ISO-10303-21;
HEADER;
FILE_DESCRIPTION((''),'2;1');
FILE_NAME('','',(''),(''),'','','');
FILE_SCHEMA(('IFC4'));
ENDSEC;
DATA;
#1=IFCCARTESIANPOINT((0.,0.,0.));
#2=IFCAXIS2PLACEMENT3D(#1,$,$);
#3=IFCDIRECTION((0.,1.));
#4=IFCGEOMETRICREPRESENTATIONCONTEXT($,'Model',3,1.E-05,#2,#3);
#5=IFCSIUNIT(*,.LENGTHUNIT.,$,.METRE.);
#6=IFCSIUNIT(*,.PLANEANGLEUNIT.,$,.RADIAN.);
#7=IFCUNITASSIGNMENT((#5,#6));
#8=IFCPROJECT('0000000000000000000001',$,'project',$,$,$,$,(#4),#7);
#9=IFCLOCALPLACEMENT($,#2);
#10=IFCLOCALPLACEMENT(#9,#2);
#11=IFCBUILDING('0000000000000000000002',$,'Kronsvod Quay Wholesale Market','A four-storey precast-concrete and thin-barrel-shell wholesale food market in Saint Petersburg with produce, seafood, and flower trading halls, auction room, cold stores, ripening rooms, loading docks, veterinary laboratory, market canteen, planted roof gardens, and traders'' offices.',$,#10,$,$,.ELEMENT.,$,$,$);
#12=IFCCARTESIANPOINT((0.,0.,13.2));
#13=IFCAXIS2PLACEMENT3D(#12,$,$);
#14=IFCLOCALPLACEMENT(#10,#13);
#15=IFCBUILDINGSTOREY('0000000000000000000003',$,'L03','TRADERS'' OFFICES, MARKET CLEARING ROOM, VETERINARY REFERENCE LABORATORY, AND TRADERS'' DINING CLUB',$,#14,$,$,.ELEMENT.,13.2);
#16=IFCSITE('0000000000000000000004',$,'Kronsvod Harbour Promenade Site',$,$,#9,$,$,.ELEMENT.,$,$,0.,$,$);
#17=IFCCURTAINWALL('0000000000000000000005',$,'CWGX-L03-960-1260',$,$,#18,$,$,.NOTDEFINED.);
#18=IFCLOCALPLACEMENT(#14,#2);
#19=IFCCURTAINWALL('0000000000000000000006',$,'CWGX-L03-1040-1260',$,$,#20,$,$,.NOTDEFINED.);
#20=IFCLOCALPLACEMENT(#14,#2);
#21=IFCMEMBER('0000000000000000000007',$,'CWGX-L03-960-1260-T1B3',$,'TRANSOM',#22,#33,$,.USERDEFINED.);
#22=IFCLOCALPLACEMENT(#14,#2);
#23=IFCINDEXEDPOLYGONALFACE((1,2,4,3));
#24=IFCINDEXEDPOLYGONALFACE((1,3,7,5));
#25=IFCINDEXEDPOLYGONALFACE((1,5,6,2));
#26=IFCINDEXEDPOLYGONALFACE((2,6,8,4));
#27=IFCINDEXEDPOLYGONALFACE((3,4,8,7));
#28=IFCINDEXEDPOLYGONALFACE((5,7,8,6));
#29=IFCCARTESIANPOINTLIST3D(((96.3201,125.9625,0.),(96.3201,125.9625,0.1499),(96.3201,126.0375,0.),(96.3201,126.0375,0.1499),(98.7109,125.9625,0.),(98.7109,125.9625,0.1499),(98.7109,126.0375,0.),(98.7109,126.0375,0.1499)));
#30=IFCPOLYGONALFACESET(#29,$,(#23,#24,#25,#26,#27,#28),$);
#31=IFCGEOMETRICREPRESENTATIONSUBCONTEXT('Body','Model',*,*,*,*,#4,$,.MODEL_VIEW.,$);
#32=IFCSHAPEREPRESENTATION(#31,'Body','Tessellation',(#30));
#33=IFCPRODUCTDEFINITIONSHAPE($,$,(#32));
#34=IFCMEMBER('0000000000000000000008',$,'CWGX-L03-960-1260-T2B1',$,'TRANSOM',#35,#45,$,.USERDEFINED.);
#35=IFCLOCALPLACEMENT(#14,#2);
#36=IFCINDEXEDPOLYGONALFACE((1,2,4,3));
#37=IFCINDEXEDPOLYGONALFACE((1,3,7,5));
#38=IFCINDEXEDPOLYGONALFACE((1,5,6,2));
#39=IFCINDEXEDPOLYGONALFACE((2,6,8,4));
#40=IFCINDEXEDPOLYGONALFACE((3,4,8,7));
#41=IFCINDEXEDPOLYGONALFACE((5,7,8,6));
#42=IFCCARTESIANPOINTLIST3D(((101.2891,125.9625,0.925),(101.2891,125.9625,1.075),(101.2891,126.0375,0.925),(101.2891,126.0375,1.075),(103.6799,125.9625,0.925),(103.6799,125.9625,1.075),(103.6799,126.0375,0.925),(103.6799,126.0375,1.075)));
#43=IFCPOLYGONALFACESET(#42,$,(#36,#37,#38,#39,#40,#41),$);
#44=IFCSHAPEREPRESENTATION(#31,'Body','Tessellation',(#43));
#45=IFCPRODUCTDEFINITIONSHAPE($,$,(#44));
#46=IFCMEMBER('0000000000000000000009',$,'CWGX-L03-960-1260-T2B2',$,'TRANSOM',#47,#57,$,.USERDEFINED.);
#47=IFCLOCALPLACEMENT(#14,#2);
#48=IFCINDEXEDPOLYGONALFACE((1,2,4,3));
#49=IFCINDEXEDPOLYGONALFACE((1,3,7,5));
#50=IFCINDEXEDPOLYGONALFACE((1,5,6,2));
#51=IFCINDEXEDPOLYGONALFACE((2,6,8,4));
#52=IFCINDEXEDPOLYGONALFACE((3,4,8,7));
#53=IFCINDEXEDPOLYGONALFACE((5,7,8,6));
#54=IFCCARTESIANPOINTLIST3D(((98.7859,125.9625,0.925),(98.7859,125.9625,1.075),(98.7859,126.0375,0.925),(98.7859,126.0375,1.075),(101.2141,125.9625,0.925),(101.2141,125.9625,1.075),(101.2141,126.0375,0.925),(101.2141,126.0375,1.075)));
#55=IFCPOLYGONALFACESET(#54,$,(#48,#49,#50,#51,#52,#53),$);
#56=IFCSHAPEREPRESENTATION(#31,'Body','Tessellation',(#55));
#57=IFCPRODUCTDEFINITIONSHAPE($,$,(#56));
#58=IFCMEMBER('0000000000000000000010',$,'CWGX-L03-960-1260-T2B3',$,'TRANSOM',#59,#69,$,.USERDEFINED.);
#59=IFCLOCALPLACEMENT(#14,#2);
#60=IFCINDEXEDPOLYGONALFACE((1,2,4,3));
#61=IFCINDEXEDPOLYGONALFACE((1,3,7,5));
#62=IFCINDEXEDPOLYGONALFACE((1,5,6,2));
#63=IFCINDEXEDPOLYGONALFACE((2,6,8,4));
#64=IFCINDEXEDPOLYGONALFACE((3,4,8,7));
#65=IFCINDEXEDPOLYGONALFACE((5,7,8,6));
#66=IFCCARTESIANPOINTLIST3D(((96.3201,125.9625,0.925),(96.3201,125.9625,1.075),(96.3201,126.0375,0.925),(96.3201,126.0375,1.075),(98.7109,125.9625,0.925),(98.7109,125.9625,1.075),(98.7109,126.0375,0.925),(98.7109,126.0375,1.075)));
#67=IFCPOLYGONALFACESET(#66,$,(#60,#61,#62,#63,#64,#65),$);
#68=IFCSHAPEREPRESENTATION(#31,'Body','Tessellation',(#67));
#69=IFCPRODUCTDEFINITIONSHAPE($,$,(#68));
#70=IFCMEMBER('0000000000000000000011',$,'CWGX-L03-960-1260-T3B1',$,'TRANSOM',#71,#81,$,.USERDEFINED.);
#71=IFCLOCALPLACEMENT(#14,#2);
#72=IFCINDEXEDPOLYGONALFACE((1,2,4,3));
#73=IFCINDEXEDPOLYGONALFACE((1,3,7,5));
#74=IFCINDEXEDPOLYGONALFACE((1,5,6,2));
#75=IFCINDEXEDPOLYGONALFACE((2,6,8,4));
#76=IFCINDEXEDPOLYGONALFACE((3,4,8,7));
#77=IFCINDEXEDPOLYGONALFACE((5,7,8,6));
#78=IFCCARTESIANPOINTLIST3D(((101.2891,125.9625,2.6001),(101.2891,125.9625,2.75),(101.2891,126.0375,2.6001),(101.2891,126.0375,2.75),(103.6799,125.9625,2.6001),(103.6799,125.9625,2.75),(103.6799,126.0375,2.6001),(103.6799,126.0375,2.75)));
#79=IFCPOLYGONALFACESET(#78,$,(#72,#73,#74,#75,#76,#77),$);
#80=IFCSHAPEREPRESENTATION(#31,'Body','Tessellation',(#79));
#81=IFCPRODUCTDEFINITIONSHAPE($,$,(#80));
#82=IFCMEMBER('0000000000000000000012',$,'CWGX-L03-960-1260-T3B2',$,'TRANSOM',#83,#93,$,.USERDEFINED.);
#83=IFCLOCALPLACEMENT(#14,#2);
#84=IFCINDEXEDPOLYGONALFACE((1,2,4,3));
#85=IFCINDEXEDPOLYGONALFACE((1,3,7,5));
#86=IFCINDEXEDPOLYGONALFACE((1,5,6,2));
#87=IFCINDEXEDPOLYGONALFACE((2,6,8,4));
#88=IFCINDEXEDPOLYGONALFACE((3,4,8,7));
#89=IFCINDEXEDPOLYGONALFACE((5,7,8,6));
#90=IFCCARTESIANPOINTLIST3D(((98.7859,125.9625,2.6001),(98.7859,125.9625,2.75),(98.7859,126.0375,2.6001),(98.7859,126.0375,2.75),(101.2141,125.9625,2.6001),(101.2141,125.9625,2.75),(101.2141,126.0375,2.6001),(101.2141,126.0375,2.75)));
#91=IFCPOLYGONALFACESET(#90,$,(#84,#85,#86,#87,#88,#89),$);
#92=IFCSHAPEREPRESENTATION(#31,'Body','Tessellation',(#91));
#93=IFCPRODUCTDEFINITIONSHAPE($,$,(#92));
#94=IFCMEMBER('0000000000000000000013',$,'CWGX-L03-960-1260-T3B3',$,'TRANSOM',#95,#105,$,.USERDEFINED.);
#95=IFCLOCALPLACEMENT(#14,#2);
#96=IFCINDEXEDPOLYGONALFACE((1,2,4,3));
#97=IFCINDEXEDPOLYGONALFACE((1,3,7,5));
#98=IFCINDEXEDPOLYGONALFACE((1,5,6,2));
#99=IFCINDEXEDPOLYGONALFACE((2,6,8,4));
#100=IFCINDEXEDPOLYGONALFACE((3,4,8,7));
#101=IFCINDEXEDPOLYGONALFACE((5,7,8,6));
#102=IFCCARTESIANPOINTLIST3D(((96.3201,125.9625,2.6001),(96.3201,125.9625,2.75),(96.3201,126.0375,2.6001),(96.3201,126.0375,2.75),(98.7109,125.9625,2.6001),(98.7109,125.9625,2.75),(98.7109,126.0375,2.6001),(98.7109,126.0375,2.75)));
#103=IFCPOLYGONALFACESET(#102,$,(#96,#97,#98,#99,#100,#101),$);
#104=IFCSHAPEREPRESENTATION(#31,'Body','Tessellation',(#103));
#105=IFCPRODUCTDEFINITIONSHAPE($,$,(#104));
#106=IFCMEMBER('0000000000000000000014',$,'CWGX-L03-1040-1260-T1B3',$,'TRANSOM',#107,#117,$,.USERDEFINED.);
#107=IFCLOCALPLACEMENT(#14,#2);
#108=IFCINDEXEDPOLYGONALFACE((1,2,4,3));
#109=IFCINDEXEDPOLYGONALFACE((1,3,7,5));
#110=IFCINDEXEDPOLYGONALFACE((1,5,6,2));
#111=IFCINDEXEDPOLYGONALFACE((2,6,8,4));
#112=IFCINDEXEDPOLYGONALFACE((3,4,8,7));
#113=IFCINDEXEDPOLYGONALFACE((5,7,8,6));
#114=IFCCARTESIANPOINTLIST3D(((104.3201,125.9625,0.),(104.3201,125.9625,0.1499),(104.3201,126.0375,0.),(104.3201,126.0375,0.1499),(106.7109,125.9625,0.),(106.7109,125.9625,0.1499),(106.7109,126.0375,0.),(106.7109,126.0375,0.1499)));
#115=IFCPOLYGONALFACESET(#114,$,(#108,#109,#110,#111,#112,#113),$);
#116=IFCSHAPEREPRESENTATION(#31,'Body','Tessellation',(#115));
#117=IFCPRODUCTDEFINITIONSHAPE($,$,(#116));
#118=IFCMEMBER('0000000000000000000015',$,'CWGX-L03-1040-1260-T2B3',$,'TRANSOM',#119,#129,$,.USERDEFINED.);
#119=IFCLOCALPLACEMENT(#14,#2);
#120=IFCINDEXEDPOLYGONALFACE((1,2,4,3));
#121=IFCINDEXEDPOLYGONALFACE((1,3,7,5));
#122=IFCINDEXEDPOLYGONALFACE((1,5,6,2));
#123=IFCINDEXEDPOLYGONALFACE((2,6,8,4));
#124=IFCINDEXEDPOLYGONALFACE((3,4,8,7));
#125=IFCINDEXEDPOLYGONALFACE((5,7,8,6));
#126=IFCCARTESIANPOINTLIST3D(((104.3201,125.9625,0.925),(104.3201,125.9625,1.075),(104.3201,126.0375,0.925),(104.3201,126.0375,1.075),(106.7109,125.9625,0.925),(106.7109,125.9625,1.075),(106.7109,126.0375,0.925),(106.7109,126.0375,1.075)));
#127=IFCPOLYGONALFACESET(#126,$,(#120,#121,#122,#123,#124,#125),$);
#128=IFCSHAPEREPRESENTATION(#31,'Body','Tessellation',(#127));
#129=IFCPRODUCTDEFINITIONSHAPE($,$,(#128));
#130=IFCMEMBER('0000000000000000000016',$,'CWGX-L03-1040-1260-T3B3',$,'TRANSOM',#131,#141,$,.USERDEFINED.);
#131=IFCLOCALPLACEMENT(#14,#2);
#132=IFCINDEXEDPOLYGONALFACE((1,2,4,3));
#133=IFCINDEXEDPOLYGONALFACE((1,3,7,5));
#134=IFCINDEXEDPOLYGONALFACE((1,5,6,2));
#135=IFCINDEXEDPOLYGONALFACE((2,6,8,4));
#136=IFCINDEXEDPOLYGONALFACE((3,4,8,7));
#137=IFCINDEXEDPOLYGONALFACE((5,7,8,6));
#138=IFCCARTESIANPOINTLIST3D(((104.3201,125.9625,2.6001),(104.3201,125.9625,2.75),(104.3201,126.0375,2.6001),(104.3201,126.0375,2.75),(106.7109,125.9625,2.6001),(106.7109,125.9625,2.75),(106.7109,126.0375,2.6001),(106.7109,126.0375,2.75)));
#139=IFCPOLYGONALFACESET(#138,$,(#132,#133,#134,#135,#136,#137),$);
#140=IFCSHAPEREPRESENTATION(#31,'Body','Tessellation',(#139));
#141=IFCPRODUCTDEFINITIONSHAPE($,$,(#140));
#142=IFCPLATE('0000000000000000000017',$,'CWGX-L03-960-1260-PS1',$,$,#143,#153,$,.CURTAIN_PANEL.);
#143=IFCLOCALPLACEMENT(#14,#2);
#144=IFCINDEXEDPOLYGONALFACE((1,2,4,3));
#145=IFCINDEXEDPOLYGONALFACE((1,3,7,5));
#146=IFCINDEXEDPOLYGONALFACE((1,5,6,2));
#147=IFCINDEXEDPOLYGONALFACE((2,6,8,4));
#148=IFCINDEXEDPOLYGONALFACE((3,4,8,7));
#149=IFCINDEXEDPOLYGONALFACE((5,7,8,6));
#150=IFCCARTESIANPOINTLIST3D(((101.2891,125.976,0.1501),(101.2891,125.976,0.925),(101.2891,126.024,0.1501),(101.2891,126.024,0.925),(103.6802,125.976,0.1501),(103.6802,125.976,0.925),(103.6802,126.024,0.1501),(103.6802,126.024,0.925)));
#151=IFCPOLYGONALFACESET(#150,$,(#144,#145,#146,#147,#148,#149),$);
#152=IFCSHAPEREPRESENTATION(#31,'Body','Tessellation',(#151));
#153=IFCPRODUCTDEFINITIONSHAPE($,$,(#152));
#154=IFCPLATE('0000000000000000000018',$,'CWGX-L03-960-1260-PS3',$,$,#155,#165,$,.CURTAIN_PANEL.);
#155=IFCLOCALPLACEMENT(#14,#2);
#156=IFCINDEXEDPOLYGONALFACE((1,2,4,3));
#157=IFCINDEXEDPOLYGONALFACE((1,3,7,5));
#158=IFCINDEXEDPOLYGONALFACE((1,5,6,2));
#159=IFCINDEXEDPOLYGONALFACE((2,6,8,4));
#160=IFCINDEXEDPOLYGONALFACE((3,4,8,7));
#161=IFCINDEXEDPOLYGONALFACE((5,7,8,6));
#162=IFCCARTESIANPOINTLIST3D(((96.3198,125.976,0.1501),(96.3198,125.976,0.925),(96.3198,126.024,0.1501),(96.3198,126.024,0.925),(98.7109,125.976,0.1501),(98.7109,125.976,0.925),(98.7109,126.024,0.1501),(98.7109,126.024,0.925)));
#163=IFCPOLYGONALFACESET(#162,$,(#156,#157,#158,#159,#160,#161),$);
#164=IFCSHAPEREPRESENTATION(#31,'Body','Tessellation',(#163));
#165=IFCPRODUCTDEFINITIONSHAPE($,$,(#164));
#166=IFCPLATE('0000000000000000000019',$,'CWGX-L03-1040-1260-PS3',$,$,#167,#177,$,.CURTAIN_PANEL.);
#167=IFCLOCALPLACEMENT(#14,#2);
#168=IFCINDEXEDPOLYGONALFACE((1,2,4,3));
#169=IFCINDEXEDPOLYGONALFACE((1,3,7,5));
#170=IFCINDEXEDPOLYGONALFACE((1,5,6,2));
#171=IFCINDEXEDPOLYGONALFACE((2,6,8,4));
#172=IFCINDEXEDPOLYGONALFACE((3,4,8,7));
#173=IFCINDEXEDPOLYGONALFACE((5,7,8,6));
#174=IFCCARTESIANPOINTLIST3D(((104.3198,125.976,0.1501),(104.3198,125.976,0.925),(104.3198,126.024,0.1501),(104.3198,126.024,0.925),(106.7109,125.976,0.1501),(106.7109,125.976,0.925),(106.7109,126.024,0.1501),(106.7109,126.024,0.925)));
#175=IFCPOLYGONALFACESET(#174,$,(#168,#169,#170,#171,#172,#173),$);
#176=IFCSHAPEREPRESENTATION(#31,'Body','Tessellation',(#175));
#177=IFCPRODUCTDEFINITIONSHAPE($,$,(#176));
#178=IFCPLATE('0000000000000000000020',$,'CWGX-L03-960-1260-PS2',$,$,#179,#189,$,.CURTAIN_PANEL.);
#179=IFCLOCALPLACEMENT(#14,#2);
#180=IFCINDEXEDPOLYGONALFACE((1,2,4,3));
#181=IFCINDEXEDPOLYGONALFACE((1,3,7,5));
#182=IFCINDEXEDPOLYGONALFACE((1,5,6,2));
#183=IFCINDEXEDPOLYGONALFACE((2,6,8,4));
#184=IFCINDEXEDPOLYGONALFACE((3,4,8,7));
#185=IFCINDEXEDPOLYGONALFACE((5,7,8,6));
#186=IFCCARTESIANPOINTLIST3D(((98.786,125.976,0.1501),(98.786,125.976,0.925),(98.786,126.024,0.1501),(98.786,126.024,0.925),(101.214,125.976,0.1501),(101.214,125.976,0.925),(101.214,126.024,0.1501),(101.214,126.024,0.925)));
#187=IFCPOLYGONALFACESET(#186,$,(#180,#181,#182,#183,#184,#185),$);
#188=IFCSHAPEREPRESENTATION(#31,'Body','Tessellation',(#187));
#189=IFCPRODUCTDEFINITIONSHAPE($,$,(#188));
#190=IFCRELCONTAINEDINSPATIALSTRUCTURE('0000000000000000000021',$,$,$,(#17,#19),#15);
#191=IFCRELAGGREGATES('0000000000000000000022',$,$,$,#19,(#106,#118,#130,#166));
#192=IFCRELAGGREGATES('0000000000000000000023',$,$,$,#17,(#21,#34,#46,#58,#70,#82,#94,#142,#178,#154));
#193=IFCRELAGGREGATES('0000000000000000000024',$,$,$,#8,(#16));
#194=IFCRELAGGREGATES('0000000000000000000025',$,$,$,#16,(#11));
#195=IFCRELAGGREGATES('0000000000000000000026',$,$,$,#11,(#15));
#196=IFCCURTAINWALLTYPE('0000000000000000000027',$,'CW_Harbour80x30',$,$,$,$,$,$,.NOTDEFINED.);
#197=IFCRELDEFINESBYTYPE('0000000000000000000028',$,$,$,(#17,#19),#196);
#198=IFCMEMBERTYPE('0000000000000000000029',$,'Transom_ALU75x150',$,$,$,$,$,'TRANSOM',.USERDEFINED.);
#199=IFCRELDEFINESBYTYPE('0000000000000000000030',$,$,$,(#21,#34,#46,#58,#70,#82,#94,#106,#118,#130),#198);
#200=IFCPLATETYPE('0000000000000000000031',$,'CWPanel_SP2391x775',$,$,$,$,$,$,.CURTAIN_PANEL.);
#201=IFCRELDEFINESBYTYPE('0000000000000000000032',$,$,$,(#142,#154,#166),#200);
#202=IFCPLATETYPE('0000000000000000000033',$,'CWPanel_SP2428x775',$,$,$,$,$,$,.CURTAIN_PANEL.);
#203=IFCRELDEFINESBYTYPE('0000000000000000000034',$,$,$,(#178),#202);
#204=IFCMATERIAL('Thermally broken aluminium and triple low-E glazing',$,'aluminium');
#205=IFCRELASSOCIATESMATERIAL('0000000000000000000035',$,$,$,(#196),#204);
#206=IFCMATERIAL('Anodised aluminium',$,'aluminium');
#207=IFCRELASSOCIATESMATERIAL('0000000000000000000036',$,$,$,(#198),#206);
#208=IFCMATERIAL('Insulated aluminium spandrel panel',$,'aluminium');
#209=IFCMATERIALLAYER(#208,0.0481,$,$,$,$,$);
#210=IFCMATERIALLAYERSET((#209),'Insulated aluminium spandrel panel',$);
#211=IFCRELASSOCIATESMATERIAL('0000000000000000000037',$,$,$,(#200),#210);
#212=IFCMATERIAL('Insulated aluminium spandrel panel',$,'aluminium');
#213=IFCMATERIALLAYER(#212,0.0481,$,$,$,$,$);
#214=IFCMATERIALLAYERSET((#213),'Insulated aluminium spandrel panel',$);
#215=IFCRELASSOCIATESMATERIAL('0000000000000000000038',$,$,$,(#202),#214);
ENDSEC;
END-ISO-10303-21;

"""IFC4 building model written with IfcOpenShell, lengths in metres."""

from ifc_helpers import new_model, si_unit, direction, frame, origin, origin_2d, place, context, subcontext, project, spatial, rectangle, extrude, material, layer, layer_set, material_profile, profile_set, type_object, element, aggregate, save


model = new_model("IFC4")

# Units and contexts
model_context = context("Model", 3, precision=1e-05, world=origin(), true_north=direction((0.0, 1.0)))
body_context = subcontext(model_context, "Body", "Model", "MODEL_VIEW")
ifc_project = project(units=[si_unit("LENGTHUNIT", "METRE"), si_unit("PLANEANGLEUNIT", "RADIAN")], contexts=[model_context])

# Site, building, storey
site_placement = place(None, origin())
site = spatial("IfcSite", under=ifc_project, at=site_placement, Name="Kronsvod Harbour Promenade Site", CompositionType="ELEMENT", RefElevation=0.0)
building_placement = place(site_placement, origin())
building = spatial("IfcBuilding", under=site, at=building_placement, Name="Kronsvod Quay Wholesale Market", Description="A four-storey precast-concrete and thin-barrel-shell wholesale food market in Saint Petersburg with produce, seafood, and flower trading halls, auction room, cold stores, ripening rooms, loading docks, veterinary laboratory, market canteen, planted roof gardens, and traders' offices.", CompositionType="ELEMENT")
storey_placement = place(building_placement, frame((0.0, 0.0, 13.2)))
storey = spatial("IfcBuildingStorey", under=building, at=storey_placement, Name="L03", Description="TRADERS' OFFICES, MARKET CLEARING ROOM, VETERINARY REFERENCE LABORATORY, AND TRADERS' DINING CLUB", CompositionType="ELEMENT", Elevation=13.2)

# Shared definitions
ifc_material_1 = material(Name="Thermally broken aluminium and triple low-E glazing", Category="aluminium")
curtain_wall_type = type_object("IfcCurtainWallType", Name="CW_Harbour80x30", PredefinedType="NOTDEFINED", material=ifc_material_1)

# Curtain walls
curtain_wall_1_placement = place(storey_placement, origin())
curtain_wall_1 = element("IfcCurtainWall", 1, at=curtain_wall_1_placement, inside=storey, type_object=curtain_wall_type, Name="CWGX-L03-960-1260", PredefinedType="NOTDEFINED")
curtain_wall_2_placement = place(storey_placement, origin())
curtain_wall_2 = element("IfcCurtainWall", 2, at=curtain_wall_2_placement, inside=storey, type_object=curtain_wall_type, Name="CWGX-L03-1040-1260", PredefinedType="NOTDEFINED")

# Members
ifc_material_2 = material(Name="Anodised aluminium", Category="aluminium")
ifc_material_profile_1 = material_profile(ifc_material_2, rectangle(XDim=0.075, YDim=0.1499, at=origin_2d()), Name="ALUT75x150")
ifc_profile_set_1 = profile_set([ifc_material_profile_1], Name="Anodised aluminium")
member_type_1 = type_object("IfcMemberType", Name="Transom_ALU75x150", ElementType="TRANSOM", PredefinedType="USERDEFINED", material=ifc_profile_set_1)
member_1_placement = place(storey_placement, frame((98.7109, 126.0, 0.075), z_axis=(-1.0, 0.0, 0.0), x_axis=(0.0, -1.0, 0.0)))
member_1 = element("IfcMember", 3, at=member_1_placement, type_object=member_type_1, Name="CWGX-L03-960-1260-T1B3", ObjectType="TRANSOM", PredefinedType="USERDEFINED", context=body_context, shape_type="SweptSolid", body=[
    extrude(rectangle(XDim=0.075, YDim=0.1499, at=origin_2d()), origin(), (0.0, 0.0, 1.0), 2.3909),
])
member_2_placement = place(storey_placement, frame((103.6799, 126.0, 1.0), z_axis=(-1.0, 0.0, 0.0), x_axis=(0.0, -1.0, 0.0)))
member_2 = element("IfcMember", 4, at=member_2_placement, type_object=member_type_1, Name="CWGX-L03-960-1260-T2B1", ObjectType="TRANSOM", PredefinedType="USERDEFINED", context=body_context, shape_type="SweptSolid", body=[
    extrude(rectangle(XDim=0.075, YDim=0.1499, at=origin_2d()), origin(), (0.0, 0.0, 1.0), 2.3909),
])
member_3_placement = place(storey_placement, frame((101.2141, 126.0, 1.0), z_axis=(-1.0, 0.0, 0.0), x_axis=(0.0, -1.0, 0.0)))
member_3 = element("IfcMember", 5, at=member_3_placement, type_object=member_type_1, Name="CWGX-L03-960-1260-T2B2", ObjectType="TRANSOM", PredefinedType="USERDEFINED", context=body_context, shape_type="SweptSolid", body=[
    extrude(rectangle(XDim=0.075, YDim=0.1499, at=origin_2d()), origin(), (0.0, 0.0, 1.0), 2.4282),
])
member_4_placement = place(storey_placement, frame((98.7109, 126.0, 1.0), z_axis=(-1.0, 0.0, 0.0), x_axis=(0.0, -1.0, 0.0)))
member_4 = element("IfcMember", 6, at=member_4_placement, type_object=member_type_1, Name="CWGX-L03-960-1260-T2B3", ObjectType="TRANSOM", PredefinedType="USERDEFINED", context=body_context, shape_type="SweptSolid", body=[
    extrude(rectangle(XDim=0.075, YDim=0.1499, at=origin_2d()), origin(), (0.0, 0.0, 1.0), 2.3909),
])
member_5_placement = place(storey_placement, frame((103.6799, 126.0, 2.675), z_axis=(-1.0, 0.0, 0.0), x_axis=(0.0, -1.0, 0.0)))
member_5 = element("IfcMember", 7, at=member_5_placement, type_object=member_type_1, Name="CWGX-L03-960-1260-T3B1", ObjectType="TRANSOM", PredefinedType="USERDEFINED", context=body_context, shape_type="SweptSolid", body=[
    extrude(rectangle(XDim=0.075, YDim=0.1499, at=origin_2d()), origin(), (0.0, 0.0, 1.0), 2.3909),
])
member_6_placement = place(storey_placement, frame((101.2141, 126.0, 2.675), z_axis=(-1.0, 0.0, 0.0), x_axis=(0.0, -1.0, 0.0)))
member_6 = element("IfcMember", 8, at=member_6_placement, type_object=member_type_1, Name="CWGX-L03-960-1260-T3B2", ObjectType="TRANSOM", PredefinedType="USERDEFINED", context=body_context, shape_type="SweptSolid", body=[
    extrude(rectangle(XDim=0.075, YDim=0.1499, at=origin_2d()), origin(), (0.0, 0.0, 1.0), 2.4282),
])
member_7_placement = place(storey_placement, frame((98.7109, 126.0, 2.675), z_axis=(-1.0, 0.0, 0.0), x_axis=(0.0, -1.0, 0.0)))
member_7 = element("IfcMember", 9, at=member_7_placement, type_object=member_type_1, Name="CWGX-L03-960-1260-T3B3", ObjectType="TRANSOM", PredefinedType="USERDEFINED", context=body_context, shape_type="SweptSolid", body=[
    extrude(rectangle(XDim=0.075, YDim=0.1499, at=origin_2d()), origin(), (0.0, 0.0, 1.0), 2.3909),
])
member_8_placement = place(storey_placement, frame((106.7109, 126.0, 0.075), z_axis=(-1.0, 0.0, 0.0), x_axis=(0.0, -1.0, 0.0)))
member_8 = element("IfcMember", 10, at=member_8_placement, type_object=member_type_1, Name="CWGX-L03-1040-1260-T1B3", ObjectType="TRANSOM", PredefinedType="USERDEFINED", context=body_context, shape_type="SweptSolid", body=[
    extrude(rectangle(XDim=0.075, YDim=0.1499, at=origin_2d()), origin(), (0.0, 0.0, 1.0), 2.3909),
])
member_9_placement = place(storey_placement, frame((106.7109, 126.0, 1.0), z_axis=(-1.0, 0.0, 0.0), x_axis=(0.0, -1.0, 0.0)))
member_9 = element("IfcMember", 11, at=member_9_placement, type_object=member_type_1, Name="CWGX-L03-1040-1260-T2B3", ObjectType="TRANSOM", PredefinedType="USERDEFINED", context=body_context, shape_type="SweptSolid", body=[
    extrude(rectangle(XDim=0.075, YDim=0.1499, at=origin_2d()), origin(), (0.0, 0.0, 1.0), 2.3909),
])
member_10_placement = place(storey_placement, frame((106.7109, 126.0, 2.675), z_axis=(-1.0, 0.0, 0.0), x_axis=(0.0, -1.0, 0.0)))
member_10 = element("IfcMember", 12, at=member_10_placement, type_object=member_type_1, Name="CWGX-L03-1040-1260-T3B3", ObjectType="TRANSOM", PredefinedType="USERDEFINED", context=body_context, shape_type="SweptSolid", body=[
    extrude(rectangle(XDim=0.075, YDim=0.1499, at=origin_2d()), origin(), (0.0, 0.0, 1.0), 2.3909),
])

# Plates
ifc_material_3 = material(Name="Insulated aluminium spandrel panel", Category="aluminium")
ifc_layer_1 = layer(ifc_material_3, 0.0481)
ifc_layer_set_1 = layer_set([ifc_layer_1], Name="Insulated aluminium spandrel panel")
plate_type_1 = type_object("IfcPlateType", Name="CWPanel_SP2391x775", PredefinedType="CURTAIN_PANEL", material=ifc_layer_set_1)
plate_1_placement = place(storey_placement, frame((102.4846, 126.0, 0.1501), z_axis=(0.0, 0.0, 1.0), x_axis=(-1.0, 0.0, 0.0)))
plate_1 = element("IfcPlate", 13, at=plate_1_placement, type_object=plate_type_1, Name="CWGX-L03-960-1260-PS1", PredefinedType="CURTAIN_PANEL", context=body_context, shape_type="SweptSolid", body=[
    extrude(rectangle(XDim=2.3911, YDim=0.0481, at=origin_2d()), origin(), (0.0, 0.0, 1.0), 0.7749),
])
plate_2_placement = place(storey_placement, frame((97.5154, 126.0, 0.1501), z_axis=(0.0, 0.0, 1.0), x_axis=(-1.0, 0.0, 0.0)))
plate_2 = element("IfcPlate", 14, at=plate_2_placement, type_object=plate_type_1, Name="CWGX-L03-960-1260-PS3", PredefinedType="CURTAIN_PANEL", context=body_context, shape_type="SweptSolid", body=[
    extrude(rectangle(XDim=2.3911, YDim=0.0481, at=origin_2d()), origin(), (0.0, 0.0, 1.0), 0.7749),
])
plate_3_placement = place(storey_placement, frame((105.5154, 126.0, 0.1501), z_axis=(0.0, 0.0, 1.0), x_axis=(-1.0, 0.0, 0.0)))
plate_3 = element("IfcPlate", 15, at=plate_3_placement, type_object=plate_type_1, Name="CWGX-L03-1040-1260-PS3", PredefinedType="CURTAIN_PANEL", context=body_context, shape_type="SweptSolid", body=[
    extrude(rectangle(XDim=2.3911, YDim=0.0481, at=origin_2d()), origin(), (0.0, 0.0, 1.0), 0.7749),
])
ifc_material_4 = material(Name="Insulated aluminium spandrel panel", Category="aluminium")
ifc_layer_2 = layer(ifc_material_4, 0.0481)
ifc_layer_set_2 = layer_set([ifc_layer_2], Name="Insulated aluminium spandrel panel")
plate_type_2 = type_object("IfcPlateType", Name="CWPanel_SP2428x775", PredefinedType="CURTAIN_PANEL", material=ifc_layer_set_2)
plate_4_placement = place(storey_placement, frame((100.0, 126.0, 0.1501), z_axis=(0.0, 0.0, 1.0), x_axis=(-1.0, 0.0, 0.0)))
plate_4 = element("IfcPlate", 16, at=plate_4_placement, type_object=plate_type_2, Name="CWGX-L03-960-1260-PS2", PredefinedType="CURTAIN_PANEL", context=body_context, shape_type="SweptSolid", body=[
    extrude(rectangle(XDim=2.428, YDim=0.0481, at=origin_2d()), origin(), (0.0, 0.0, 1.0), 0.7749),
])
aggregate(curtain_wall_2, [member_8, member_9, member_10, plate_3])
aggregate(curtain_wall_1, [member_1, member_2, member_3, member_4, member_5, member_6, member_7, plate_1, plate_4, plate_2])

save(model, "model.ifc")
